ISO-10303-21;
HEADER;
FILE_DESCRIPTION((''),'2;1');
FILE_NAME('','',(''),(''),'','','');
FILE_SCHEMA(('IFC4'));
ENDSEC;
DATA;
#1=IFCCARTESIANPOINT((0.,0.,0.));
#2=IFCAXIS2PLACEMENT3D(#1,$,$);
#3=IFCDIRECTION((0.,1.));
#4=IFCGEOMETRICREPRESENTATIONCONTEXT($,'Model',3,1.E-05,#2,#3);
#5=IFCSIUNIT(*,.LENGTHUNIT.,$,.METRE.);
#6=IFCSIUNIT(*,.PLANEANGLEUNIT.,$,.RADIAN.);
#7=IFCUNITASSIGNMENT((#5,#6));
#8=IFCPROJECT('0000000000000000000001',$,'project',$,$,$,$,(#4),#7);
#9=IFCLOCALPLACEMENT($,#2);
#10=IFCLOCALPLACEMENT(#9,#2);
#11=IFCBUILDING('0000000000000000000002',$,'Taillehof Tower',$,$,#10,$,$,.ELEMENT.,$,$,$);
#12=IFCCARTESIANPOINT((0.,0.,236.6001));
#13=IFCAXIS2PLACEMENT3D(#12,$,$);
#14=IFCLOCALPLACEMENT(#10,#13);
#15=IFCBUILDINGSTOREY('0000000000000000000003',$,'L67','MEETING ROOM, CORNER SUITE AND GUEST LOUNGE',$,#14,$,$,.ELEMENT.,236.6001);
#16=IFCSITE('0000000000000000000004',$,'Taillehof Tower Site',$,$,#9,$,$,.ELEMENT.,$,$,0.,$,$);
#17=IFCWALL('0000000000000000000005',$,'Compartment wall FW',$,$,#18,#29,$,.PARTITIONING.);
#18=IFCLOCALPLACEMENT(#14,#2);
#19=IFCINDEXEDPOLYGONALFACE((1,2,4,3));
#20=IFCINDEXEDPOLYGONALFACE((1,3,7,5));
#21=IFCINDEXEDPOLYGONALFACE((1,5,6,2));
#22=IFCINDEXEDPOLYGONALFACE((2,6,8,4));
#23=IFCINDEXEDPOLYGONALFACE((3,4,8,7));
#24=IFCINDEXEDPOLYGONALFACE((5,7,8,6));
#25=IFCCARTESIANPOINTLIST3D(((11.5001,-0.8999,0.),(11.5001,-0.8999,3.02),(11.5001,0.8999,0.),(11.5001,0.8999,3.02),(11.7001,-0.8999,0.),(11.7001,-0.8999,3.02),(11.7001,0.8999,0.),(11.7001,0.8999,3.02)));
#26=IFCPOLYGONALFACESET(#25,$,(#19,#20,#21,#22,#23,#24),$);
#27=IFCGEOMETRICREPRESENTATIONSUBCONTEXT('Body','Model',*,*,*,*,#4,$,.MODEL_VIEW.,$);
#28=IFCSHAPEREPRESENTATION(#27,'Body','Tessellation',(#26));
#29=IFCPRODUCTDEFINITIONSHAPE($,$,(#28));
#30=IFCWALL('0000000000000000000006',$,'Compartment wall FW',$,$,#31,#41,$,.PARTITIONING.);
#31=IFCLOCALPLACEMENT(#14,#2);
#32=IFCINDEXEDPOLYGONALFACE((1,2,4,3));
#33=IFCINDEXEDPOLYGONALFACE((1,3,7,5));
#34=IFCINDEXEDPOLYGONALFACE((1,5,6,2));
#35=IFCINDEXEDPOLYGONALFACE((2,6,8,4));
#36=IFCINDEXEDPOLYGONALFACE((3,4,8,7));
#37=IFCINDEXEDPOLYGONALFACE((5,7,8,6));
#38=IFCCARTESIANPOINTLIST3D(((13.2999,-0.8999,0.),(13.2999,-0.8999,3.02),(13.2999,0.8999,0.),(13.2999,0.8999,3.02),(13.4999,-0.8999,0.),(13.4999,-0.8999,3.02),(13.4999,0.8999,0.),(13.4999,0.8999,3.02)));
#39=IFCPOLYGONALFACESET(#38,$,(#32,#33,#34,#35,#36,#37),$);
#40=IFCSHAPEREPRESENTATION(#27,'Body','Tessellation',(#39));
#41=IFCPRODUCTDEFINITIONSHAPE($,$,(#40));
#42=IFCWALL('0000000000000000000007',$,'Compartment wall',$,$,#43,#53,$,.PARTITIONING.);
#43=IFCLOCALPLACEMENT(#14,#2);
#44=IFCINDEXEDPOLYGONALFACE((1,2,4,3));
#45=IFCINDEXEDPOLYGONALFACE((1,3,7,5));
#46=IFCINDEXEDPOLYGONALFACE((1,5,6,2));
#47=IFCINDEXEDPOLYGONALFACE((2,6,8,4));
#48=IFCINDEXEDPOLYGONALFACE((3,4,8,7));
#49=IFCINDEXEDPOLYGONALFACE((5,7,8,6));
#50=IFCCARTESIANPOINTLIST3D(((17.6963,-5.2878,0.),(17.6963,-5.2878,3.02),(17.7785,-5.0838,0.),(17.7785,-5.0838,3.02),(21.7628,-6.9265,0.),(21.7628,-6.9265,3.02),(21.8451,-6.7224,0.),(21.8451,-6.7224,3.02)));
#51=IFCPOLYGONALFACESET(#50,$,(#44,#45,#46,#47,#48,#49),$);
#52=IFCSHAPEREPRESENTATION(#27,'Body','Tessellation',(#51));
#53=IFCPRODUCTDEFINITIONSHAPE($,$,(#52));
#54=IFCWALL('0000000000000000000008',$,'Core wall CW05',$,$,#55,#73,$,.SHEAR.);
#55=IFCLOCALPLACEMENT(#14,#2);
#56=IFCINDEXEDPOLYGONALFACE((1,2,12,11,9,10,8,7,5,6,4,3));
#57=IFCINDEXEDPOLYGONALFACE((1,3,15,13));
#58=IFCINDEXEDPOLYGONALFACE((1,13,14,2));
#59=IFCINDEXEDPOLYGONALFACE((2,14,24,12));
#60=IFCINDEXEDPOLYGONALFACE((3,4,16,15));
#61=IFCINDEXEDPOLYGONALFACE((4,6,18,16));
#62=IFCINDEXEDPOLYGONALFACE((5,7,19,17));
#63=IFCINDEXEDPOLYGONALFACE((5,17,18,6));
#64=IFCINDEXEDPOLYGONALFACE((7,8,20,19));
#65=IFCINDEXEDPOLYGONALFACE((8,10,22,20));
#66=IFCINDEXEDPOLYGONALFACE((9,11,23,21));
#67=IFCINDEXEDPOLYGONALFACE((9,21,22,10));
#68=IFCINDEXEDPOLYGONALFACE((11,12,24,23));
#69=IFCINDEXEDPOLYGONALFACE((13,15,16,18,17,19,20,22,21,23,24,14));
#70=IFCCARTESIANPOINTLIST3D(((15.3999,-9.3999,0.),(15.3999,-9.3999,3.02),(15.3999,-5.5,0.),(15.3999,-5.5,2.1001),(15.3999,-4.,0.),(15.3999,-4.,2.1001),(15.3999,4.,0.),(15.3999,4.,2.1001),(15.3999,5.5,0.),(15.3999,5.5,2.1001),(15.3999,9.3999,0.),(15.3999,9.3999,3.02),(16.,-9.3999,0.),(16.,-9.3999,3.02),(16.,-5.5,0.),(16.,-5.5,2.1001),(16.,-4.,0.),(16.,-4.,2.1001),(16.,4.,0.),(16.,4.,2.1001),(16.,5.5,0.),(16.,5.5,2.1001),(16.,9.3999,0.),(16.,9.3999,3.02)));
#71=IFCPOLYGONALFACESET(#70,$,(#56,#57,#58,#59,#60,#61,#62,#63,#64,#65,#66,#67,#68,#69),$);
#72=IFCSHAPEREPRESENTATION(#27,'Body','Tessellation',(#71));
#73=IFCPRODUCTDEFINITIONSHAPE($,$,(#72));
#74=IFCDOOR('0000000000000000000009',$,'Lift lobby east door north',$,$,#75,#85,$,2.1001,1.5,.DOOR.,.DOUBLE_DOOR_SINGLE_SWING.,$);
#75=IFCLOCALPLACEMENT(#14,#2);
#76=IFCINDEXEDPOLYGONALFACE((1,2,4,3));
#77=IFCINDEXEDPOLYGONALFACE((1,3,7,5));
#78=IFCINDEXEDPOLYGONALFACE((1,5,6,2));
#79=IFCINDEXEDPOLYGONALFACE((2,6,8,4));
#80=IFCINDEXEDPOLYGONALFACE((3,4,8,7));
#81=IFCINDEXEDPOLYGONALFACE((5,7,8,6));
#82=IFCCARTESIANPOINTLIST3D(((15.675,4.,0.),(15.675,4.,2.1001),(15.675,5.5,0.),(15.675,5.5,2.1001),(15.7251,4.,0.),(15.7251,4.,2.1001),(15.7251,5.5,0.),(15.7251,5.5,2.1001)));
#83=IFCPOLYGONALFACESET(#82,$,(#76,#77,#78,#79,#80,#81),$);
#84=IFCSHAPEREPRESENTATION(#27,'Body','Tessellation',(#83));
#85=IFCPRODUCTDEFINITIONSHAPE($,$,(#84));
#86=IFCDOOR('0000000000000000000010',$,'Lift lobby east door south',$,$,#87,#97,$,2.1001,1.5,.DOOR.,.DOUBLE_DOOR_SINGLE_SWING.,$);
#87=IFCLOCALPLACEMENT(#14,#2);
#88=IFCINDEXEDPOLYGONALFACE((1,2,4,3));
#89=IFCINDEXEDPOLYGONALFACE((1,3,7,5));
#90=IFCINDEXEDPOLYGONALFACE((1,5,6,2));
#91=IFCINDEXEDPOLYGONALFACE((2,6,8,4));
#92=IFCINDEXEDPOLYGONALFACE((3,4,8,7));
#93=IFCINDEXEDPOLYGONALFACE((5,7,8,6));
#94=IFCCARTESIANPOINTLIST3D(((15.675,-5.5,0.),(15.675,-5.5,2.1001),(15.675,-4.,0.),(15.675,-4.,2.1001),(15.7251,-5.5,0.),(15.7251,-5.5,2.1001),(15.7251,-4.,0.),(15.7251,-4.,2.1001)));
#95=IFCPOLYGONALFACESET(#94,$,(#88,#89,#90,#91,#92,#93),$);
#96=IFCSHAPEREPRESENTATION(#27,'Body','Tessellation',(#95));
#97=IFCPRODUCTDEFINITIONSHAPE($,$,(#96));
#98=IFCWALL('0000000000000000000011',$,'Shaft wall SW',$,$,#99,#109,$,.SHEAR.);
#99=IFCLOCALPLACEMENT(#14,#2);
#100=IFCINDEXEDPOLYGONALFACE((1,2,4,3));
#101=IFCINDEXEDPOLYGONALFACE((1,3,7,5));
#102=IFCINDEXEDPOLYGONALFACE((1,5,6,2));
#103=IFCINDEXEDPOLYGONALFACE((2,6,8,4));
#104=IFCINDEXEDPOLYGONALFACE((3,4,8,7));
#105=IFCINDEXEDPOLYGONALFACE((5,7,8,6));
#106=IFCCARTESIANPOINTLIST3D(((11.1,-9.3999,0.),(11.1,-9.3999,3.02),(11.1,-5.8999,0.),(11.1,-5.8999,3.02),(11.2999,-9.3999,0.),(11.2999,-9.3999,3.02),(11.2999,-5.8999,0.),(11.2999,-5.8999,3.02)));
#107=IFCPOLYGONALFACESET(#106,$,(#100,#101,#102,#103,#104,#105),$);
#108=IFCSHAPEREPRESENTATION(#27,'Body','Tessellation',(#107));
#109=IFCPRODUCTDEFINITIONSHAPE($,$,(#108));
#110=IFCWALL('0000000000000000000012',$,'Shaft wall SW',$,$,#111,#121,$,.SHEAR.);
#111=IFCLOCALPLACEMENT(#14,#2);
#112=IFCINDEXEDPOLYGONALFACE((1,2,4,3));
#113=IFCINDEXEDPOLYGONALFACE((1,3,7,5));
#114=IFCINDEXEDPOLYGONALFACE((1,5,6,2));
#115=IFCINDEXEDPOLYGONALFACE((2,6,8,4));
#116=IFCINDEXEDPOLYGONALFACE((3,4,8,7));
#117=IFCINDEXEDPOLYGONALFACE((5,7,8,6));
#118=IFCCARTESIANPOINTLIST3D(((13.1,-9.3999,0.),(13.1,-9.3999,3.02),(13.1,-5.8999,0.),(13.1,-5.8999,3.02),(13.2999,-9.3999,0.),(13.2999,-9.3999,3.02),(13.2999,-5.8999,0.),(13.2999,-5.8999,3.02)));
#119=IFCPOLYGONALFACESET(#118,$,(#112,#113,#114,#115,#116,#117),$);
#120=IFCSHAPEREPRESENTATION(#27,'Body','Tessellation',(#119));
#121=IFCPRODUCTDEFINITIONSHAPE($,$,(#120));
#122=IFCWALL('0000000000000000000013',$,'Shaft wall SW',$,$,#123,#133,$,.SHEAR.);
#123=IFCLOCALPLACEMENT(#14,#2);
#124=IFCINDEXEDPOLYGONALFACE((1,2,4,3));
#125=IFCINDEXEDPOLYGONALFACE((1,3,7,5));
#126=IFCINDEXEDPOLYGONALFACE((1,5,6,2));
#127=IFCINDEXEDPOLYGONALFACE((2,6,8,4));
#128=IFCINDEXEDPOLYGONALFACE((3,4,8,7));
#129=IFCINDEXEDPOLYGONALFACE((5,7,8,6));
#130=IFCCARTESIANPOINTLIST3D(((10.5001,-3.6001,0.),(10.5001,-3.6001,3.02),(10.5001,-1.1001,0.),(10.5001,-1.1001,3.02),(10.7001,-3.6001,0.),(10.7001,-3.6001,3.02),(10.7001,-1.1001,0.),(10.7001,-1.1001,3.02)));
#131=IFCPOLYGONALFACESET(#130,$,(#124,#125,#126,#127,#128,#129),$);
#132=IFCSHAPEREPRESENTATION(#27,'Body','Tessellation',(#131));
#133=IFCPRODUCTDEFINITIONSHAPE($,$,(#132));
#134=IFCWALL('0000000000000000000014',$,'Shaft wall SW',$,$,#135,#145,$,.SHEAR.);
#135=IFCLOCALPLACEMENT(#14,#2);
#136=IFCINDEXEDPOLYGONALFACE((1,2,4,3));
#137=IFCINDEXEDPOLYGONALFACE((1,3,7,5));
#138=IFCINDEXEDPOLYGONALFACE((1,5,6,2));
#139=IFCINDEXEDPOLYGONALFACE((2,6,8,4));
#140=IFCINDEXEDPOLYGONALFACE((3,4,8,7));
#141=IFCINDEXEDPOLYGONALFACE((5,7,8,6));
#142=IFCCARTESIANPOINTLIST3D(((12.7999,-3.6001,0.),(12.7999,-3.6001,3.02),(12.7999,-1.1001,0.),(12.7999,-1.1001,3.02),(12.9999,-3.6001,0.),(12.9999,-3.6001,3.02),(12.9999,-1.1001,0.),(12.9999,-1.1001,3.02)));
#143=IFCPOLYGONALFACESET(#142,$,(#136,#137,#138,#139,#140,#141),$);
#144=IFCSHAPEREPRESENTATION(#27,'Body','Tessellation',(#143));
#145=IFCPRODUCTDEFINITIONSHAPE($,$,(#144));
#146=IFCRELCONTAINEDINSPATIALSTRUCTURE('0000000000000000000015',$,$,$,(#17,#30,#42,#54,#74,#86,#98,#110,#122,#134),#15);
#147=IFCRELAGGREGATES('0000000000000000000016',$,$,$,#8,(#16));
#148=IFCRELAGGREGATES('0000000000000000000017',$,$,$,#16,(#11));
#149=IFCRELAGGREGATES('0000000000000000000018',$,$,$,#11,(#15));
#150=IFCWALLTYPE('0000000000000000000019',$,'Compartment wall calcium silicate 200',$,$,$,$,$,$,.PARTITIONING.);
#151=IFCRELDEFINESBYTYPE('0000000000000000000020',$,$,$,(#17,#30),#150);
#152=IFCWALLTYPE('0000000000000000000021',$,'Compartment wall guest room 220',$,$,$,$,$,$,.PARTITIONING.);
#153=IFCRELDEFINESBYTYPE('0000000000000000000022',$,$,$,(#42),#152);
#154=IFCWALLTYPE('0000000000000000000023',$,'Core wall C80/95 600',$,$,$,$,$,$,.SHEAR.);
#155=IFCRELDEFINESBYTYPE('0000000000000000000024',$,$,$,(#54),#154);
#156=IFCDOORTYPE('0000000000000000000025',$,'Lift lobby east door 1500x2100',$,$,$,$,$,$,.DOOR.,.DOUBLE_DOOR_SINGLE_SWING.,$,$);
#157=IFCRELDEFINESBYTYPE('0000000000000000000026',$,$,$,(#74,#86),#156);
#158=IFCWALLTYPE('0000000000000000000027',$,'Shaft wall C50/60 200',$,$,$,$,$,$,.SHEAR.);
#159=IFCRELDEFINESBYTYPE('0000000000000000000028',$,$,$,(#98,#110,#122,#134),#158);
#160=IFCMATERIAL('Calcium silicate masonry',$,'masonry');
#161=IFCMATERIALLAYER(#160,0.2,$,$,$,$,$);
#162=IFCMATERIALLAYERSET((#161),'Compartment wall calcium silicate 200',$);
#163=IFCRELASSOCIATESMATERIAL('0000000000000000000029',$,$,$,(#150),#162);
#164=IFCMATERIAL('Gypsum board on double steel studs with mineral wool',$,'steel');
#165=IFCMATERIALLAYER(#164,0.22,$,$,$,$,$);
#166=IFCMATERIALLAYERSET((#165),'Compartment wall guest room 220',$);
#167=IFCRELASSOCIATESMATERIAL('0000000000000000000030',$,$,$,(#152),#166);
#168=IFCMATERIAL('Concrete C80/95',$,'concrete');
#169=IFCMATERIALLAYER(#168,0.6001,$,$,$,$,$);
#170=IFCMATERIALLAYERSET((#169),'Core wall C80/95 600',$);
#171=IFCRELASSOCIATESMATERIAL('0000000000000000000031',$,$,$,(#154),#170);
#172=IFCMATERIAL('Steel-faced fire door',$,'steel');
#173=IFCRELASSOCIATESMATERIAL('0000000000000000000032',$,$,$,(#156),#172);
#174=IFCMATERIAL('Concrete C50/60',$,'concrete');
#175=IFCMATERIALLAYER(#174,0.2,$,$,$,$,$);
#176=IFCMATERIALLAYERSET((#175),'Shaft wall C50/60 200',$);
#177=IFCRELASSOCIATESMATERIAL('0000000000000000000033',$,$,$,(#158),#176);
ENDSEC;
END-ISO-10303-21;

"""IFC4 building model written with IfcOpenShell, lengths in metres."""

from ifc_helpers import new_model, si_unit, direction, frame, frame_2d, origin, place, context, subcontext, project, spatial, rectangle, extrude, material, layer, layer_set, type_object, element, fill, save


model = new_model("IFC4")

# Units and contexts
model_context = context("Model", 3, precision=1e-05, world=origin(), true_north=direction((0.0, 1.0)))
body_context = subcontext(model_context, "Body", "Model", "MODEL_VIEW")
ifc_project = project(units=[si_unit("LENGTHUNIT", "METRE"), si_unit("PLANEANGLEUNIT", "RADIAN")], contexts=[model_context])

# Site, building, storey
site_placement = place(None, origin())
site = spatial("IfcSite", under=ifc_project, at=site_placement, Name="Taillehof Tower Site", CompositionType="ELEMENT", RefElevation=0.0)
building_placement = place(site_placement, origin())
building = spatial("IfcBuilding", under=site, at=building_placement, Name="Taillehof Tower", CompositionType="ELEMENT")
storey_placement = place(building_placement, frame((0.0, 0.0, 236.6001)))
storey = spatial("IfcBuildingStorey", under=building, at=storey_placement, Name="L67", Description="MEETING ROOM, CORNER SUITE AND GUEST LOUNGE", CompositionType="ELEMENT", Elevation=236.6001)

# Walls
ifc_material_1 = material(Name="Calcium silicate masonry", Category="masonry")
ifc_layer_1 = layer(ifc_material_1, 0.2)
ifc_layer_set_1 = layer_set([ifc_layer_1], Name="Compartment wall calcium silicate 200")
wall_type_1 = type_object("IfcWallType", Name="Compartment wall calcium silicate 200", PredefinedType="PARTITIONING", material=ifc_layer_set_1)
for number, where, z_axis, x_axis, name in (
    (1, (11.6001, -0.8999, 0.0), (0.0, 0.0, 1.0), (0.0, 1.0, 0.0), "Compartment wall FW"),
    (2, (13.3999, -0.8999, 0.0), (0.0, 0.0, 1.0), (0.0, 1.0, 0.0), "Compartment wall FW"),
):
    element("IfcWall", number, at=place(storey_placement, frame(where, z_axis=z_axis, x_axis=x_axis)), inside=storey, type_object=wall_type_1, Name=name, PredefinedType="PARTITIONING", context=body_context, shape_type="SweptSolid", body=[
        extrude(rectangle(XDim=1.7998, YDim=0.2, at=frame_2d((0.8999, 0.0))), origin(), (0.0, 0.0, 1.0), 3.02),
    ])
ifc_material_2 = material(Name="Gypsum board on double steel studs with mineral wool", Category="steel")
ifc_layer_2 = layer(ifc_material_2, 0.22)
ifc_layer_set_2 = layer_set([ifc_layer_2], Name="Compartment wall guest room 220")
wall_type_2 = type_object("IfcWallType", Name="Compartment wall guest room 220", PredefinedType="PARTITIONING", material=ifc_layer_set_2)
wall_1_placement = place(storey_placement, frame((21.804, -6.8245, 0.0), z_axis=(0.0, 0.0, 1.0), x_axis=(-0.927529, 0.373751, 0.0)))
element("IfcWall", 3, at=wall_1_placement, inside=storey, type_object=wall_type_2, Name="Compartment wall", PredefinedType="PARTITIONING", context=body_context, shape_type="SweptSolid", body=[
    extrude(rectangle(XDim=4.3843, YDim=0.22, at=frame_2d((2.1921, 0.0))), origin(), (0.0, 0.0, 1.0), 3.02),
])

# Wall, openings, doors
ifc_material_3 = material(Name="Concrete C80/95", Category="concrete")
ifc_layer_3 = layer(ifc_material_3, 0.6001)
ifc_layer_set_3 = layer_set([ifc_layer_3], Name="Core wall C80/95 600")
wall_type_3 = type_object("IfcWallType", Name="Core wall C80/95 600", PredefinedType="SHEAR", material=ifc_layer_set_3)
wall_2_placement = place(storey_placement, frame((15.7, -9.3999, 0.0), z_axis=(0.0, 0.0, 1.0), x_axis=(0.0, 1.0, 0.0)))
wall_2 = element("IfcWall", 4, at=wall_2_placement, inside=storey, type_object=wall_type_3, Name="Core wall CW05", PredefinedType="SHEAR", context=body_context, shape_type="SweptSolid", body=[
    extrude(rectangle(XDim=18.7998, YDim=0.6001, at=frame_2d((9.3999, 0.0))), origin(), (0.0, 0.0, 1.0), 3.02),
])
opening_1_placement = place(wall_2_placement, frame((13.3999, 0.0, 0.0)))
opening_1 = element("IfcOpeningElement", 5, at=opening_1_placement, cuts=wall_2, PredefinedType="OPENING", context=body_context, shape_type="SweptSolid", body=[
    extrude(rectangle(XDim=1.5, YDim=2.1001, at=frame_2d((0.75, 1.05))), frame((0.0, 0.3101, 0.0), z_axis=(0.0, -1.0, 0.0), x_axis=(1.0, 0.0, 0.0)), (0.0, 0.0, 1.0), 0.6201),
])
opening_2_placement = place(wall_2_placement, frame((3.8999, 0.0, 0.0)))
opening_2 = element("IfcOpeningElement", 6, at=opening_2_placement, cuts=wall_2, PredefinedType="OPENING", context=body_context, shape_type="SweptSolid", body=[
    extrude(rectangle(XDim=1.5, YDim=2.1001, at=frame_2d((0.75, 1.05))), frame((0.0, 0.3101, 0.0), z_axis=(0.0, -1.0, 0.0), x_axis=(1.0, 0.0, 0.0)), (0.0, 0.0, 1.0), 0.6201),
])
ifc_material_4 = material(Name="Steel-faced fire door", Category="steel")
door_type = type_object("IfcDoorType", Name="Lift lobby east door 1500x2100", OperationType="DOUBLE_DOOR_SINGLE_SWING", PredefinedType="DOOR", material=ifc_material_4)
door_1_placement = place(opening_1_placement, origin())
door_1 = element("IfcDoor", 7, at=door_1_placement, inside=storey, type_object=door_type, Name="Lift lobby east door north", OperationType="DOUBLE_DOOR_SINGLE_SWING", OverallHeight=2.1001, OverallWidth=1.5, PredefinedType="DOOR", context=body_context, shape_type="SweptSolid", body=[
    extrude(rectangle(XDim=1.5, YDim=2.1001, at=frame_2d((0.75, 1.05))), frame((0.0, 0.0249, 0.0), z_axis=(0.0, -1.0, 0.0), x_axis=(1.0, 0.0, 0.0)), (0.0, 0.0, 1.0), 0.05),
])
fill(opening_1, door_1)
door_2_placement = place(opening_2_placement, origin())
door_2 = element("IfcDoor", 8, at=door_2_placement, inside=storey, type_object=door_type, Name="Lift lobby east door south", OperationType="DOUBLE_DOOR_SINGLE_SWING", OverallHeight=2.1001, OverallWidth=1.5, PredefinedType="DOOR", context=body_context, shape_type="SweptSolid", body=[
    extrude(rectangle(XDim=1.5, YDim=2.1001, at=frame_2d((0.75, 1.05))), frame((0.0, 0.0249, 0.0), z_axis=(0.0, -1.0, 0.0), x_axis=(1.0, 0.0, 0.0)), (0.0, 0.0, 1.0), 0.05),
])
fill(opening_2, door_2)

# Walls
ifc_material_5 = material(Name="Concrete C50/60", Category="concrete")
ifc_layer_4 = layer(ifc_material_5, 0.2)
ifc_layer_set_4 = layer_set([ifc_layer_4], Name="Shaft wall C50/60 200")
wall_type_4 = type_object("IfcWallType", Name="Shaft wall C50/60 200", PredefinedType="SHEAR", material=ifc_layer_set_4)
for number, where, z_axis, x_axis, name in (
    (9, (11.2, -9.3999, 0.0), (0.0, 0.0, 1.0), (0.0, 1.0, 0.0), "Shaft wall SW"),
    (10, (13.2, -9.3999, 0.0), (0.0, 0.0, 1.0), (0.0, 1.0, 0.0), "Shaft wall SW"),
):
    element("IfcWall", number, at=place(storey_placement, frame(where, z_axis=z_axis, x_axis=x_axis)), inside=storey, type_object=wall_type_4, Name=name, PredefinedType="SHEAR", context=body_context, shape_type="SweptSolid", body=[
        extrude(rectangle(XDim=3.5, YDim=0.2, at=frame_2d((1.75, 0.0))), origin(), (0.0, 0.0, 1.0), 3.02),
    ])
for number, where, z_axis, x_axis, name in (
    (11, (10.6001, -3.6001, 0.0), (0.0, 0.0, 1.0), (0.0, 1.0, 0.0), "Shaft wall SW"),
    (12, (12.8999, -3.6001, 0.0), (0.0, 0.0, 1.0), (0.0, 1.0, 0.0), "Shaft wall SW"),
):
    element("IfcWall", number, at=place(storey_placement, frame(where, z_axis=z_axis, x_axis=x_axis)), inside=storey, type_object=wall_type_4, Name=name, PredefinedType="SHEAR", context=body_context, shape_type="SweptSolid", body=[
        extrude(rectangle(XDim=2.5, YDim=0.2, at=frame_2d((1.25, 0.0))), origin(), (0.0, 0.0, 1.0), 3.02),
    ])

save(model, "model.ifc")
